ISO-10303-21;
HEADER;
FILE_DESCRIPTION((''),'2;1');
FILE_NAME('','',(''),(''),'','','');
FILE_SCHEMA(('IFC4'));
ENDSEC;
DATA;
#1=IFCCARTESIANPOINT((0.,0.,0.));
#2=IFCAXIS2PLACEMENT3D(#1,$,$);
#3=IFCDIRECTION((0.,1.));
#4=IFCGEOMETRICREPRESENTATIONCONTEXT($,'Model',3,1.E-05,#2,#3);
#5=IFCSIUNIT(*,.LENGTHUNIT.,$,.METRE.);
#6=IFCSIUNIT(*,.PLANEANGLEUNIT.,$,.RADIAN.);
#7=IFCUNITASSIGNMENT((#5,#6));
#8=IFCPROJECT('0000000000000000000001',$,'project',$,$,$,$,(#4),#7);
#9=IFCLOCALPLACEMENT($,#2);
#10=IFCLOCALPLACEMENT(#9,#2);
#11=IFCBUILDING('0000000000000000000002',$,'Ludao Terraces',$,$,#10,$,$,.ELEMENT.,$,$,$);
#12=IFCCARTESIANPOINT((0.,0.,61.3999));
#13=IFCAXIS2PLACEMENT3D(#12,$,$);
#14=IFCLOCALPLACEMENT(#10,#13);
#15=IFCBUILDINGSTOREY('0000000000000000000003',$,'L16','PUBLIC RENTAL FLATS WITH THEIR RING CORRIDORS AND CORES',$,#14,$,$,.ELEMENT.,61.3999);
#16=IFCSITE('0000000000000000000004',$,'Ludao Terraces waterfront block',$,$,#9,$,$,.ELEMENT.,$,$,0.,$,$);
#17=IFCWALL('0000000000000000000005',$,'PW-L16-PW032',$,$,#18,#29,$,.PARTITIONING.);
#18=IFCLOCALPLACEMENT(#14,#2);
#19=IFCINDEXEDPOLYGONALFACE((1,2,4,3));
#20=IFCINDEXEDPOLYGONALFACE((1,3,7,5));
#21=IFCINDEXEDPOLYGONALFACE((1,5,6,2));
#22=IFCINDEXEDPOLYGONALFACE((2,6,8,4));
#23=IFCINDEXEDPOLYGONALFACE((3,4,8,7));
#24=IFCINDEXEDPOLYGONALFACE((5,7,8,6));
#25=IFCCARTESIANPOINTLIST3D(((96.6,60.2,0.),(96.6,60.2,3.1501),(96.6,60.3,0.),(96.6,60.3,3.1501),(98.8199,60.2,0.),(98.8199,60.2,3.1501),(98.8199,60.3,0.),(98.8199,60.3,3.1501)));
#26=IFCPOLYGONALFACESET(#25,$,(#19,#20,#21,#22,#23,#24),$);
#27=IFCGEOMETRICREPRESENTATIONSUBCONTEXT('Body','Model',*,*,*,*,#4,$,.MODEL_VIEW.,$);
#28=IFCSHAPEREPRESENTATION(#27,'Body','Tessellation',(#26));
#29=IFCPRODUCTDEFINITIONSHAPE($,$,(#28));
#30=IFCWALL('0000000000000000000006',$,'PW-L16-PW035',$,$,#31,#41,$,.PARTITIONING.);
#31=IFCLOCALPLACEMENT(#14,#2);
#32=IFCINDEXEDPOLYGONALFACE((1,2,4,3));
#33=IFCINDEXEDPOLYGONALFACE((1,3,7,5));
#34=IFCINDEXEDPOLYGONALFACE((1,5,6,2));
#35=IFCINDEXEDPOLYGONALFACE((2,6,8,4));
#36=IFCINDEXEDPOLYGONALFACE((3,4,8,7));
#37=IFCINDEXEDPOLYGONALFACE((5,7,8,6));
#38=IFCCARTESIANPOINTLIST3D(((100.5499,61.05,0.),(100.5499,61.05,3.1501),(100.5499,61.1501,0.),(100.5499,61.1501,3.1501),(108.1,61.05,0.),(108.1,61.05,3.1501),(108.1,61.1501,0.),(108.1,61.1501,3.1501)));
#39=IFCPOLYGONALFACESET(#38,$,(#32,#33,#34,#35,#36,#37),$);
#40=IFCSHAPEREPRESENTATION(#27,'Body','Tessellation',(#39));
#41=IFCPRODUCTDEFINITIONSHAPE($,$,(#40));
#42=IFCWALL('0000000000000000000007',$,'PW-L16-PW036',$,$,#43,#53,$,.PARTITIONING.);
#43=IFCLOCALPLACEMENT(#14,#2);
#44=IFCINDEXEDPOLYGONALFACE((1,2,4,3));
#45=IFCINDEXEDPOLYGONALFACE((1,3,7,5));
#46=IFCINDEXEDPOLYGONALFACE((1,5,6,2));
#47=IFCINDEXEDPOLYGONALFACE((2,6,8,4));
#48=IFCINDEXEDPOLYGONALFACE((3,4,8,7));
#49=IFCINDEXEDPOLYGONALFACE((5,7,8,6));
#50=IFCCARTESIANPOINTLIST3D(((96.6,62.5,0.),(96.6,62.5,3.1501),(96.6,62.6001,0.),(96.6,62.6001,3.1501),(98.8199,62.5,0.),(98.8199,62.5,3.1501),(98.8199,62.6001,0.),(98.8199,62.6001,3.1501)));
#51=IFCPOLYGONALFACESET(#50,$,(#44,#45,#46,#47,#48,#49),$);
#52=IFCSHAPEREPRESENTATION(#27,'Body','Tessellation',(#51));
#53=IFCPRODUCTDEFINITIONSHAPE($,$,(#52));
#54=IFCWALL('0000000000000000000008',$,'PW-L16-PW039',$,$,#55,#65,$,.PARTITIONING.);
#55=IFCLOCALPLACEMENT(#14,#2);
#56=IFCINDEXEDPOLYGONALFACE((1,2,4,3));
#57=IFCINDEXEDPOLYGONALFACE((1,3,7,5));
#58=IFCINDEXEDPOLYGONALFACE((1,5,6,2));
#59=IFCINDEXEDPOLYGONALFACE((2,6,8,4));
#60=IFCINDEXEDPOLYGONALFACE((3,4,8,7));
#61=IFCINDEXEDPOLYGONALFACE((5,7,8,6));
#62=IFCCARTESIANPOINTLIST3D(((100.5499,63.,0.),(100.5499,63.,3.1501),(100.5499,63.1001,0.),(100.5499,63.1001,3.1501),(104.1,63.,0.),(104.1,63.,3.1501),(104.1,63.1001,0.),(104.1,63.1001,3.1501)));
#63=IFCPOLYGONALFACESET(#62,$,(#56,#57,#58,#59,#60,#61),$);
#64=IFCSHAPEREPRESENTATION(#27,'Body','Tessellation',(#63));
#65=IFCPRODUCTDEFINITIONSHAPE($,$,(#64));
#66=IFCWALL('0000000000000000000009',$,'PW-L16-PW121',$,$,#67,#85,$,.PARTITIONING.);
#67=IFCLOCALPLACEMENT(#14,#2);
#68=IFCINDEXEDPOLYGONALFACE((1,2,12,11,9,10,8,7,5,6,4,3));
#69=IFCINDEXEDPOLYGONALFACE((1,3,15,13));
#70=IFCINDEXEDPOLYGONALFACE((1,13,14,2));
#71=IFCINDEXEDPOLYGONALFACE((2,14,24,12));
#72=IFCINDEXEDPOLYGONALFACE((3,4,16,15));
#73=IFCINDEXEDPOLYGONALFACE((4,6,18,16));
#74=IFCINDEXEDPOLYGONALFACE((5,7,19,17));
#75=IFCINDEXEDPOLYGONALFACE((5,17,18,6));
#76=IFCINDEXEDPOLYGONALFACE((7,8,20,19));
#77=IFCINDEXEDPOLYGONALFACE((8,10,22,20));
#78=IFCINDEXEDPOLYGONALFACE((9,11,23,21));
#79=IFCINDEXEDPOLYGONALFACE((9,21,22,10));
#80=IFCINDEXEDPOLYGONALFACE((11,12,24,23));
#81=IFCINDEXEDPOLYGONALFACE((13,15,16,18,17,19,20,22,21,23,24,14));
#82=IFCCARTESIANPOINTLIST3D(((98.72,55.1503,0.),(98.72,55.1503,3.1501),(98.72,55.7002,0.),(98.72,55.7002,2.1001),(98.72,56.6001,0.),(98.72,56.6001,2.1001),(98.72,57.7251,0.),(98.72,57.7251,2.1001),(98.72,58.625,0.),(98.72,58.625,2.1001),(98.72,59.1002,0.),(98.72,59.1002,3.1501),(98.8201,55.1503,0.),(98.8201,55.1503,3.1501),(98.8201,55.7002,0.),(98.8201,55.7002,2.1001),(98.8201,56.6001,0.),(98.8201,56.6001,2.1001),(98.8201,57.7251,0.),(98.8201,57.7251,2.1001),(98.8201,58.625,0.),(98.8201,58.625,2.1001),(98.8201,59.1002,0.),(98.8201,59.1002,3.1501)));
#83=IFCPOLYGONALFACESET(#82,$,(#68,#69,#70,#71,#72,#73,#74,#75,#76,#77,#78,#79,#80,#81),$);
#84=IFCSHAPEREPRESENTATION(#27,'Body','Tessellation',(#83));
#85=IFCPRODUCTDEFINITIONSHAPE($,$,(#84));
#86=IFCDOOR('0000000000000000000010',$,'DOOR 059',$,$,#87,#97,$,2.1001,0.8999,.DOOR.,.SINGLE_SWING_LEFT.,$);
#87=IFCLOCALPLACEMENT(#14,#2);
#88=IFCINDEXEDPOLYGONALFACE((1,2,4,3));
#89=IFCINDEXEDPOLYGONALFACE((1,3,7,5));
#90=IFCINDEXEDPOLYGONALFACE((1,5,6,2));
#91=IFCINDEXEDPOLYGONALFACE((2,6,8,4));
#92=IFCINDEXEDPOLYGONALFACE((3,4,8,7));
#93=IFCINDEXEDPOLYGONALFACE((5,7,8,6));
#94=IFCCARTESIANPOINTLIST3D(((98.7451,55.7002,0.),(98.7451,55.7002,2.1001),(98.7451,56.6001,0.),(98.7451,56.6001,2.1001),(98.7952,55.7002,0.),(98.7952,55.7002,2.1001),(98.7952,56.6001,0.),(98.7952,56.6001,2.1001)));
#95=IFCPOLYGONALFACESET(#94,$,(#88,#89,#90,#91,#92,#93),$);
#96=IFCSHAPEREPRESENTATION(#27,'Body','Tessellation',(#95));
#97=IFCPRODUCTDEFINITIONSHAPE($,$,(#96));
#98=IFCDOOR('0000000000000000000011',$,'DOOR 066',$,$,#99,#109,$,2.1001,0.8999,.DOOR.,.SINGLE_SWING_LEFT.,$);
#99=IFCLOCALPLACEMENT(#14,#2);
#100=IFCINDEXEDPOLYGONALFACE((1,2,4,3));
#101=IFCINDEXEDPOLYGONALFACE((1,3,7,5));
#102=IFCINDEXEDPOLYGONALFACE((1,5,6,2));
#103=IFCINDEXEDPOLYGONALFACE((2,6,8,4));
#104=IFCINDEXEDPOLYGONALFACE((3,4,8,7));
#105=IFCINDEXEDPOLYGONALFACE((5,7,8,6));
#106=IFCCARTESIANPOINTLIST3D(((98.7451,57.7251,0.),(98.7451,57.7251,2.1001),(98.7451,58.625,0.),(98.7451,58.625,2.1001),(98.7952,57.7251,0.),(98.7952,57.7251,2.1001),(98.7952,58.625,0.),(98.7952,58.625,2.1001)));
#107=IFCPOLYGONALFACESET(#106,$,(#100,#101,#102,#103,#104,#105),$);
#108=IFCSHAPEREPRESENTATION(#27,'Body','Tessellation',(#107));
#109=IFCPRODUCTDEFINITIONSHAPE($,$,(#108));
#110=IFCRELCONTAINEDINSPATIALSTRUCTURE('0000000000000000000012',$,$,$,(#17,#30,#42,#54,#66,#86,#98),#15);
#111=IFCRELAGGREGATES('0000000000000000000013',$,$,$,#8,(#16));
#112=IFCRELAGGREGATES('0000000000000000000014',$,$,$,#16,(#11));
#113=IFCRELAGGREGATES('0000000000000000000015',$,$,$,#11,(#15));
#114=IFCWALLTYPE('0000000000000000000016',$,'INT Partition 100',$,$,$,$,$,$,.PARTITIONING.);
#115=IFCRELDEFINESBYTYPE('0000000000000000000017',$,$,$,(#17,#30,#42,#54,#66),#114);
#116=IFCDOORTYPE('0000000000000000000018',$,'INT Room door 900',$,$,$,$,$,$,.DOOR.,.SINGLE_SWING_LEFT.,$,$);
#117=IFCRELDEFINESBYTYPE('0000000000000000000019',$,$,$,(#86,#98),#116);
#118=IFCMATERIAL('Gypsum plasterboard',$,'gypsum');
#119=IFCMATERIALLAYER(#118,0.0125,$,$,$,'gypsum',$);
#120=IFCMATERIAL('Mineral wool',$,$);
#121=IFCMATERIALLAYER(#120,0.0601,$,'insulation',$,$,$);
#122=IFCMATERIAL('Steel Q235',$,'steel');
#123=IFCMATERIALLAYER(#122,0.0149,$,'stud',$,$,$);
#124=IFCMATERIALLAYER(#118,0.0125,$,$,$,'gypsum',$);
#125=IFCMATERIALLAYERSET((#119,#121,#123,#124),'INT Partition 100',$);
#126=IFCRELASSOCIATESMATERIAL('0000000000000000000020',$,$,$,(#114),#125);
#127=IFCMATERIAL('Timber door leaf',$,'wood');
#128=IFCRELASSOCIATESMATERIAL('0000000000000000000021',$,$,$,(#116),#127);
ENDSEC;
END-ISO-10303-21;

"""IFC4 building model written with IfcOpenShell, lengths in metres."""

from ifc_helpers import new_model, si_unit, direction, frame, frame_2d, origin, place, context, subcontext, project, spatial, rectangle, extrude, material, layer, layer_set, type_object, element, fill, save


model = new_model("IFC4")

# Units and contexts
model_context = context("Model", 3, precision=1e-05, world=origin(), true_north=direction((0.0, 1.0)))
body_context = subcontext(model_context, "Body", "Model", "MODEL_VIEW")
ifc_project = project(units=[si_unit("LENGTHUNIT", "METRE"), si_unit("PLANEANGLEUNIT", "RADIAN")], contexts=[model_context])

# Site, building, storey
site_placement = place(None, origin())
site = spatial("IfcSite", under=ifc_project, at=site_placement, Name="Ludao Terraces waterfront block", CompositionType="ELEMENT", RefElevation=0.0)
building_placement = place(site_placement, origin())
building = spatial("IfcBuilding", under=site, at=building_placement, Name="Ludao Terraces", CompositionType="ELEMENT")
storey_placement = place(building_placement, frame((0.0, 0.0, 61.3999)))
storey = spatial("IfcBuildingStorey", under=building, at=storey_placement, Name="L16", Description="PUBLIC RENTAL FLATS WITH THEIR RING CORRIDORS AND CORES", CompositionType="ELEMENT", Elevation=61.3999)

# Shared definitions
ifc_material_1 = material(Name="Steel Q235", Category="steel")

# Walls
ifc_material_2 = material(Name="Gypsum plasterboard", Category="gypsum")
ifc_layer_1 = layer(ifc_material_2, 0.0125, Category="gypsum")
ifc_material_3 = material(Name="Mineral wool")
ifc_layer_2 = layer(ifc_material_3, 0.0601, Name="insulation")
ifc_layer_3 = layer(ifc_material_1, 0.0149, Name="stud")
ifc_layer_4 = layer(ifc_material_2, 0.0125, Category="gypsum")
ifc_layer_set_1 = layer_set([ifc_layer_1, ifc_layer_2, ifc_layer_3, ifc_layer_4], Name="INT Partition 100")
wall_type_1 = type_object("IfcWallType", Name="INT Partition 100", PredefinedType="PARTITIONING", material=ifc_layer_set_1)
for number, where, z_axis, x_axis, name in (
    (1, (96.6001, 60.25, 0.0), (0.0, 0.0, 1.0), (1.0, 0.0, 0.0), "PW-L16-PW032"),
):
    element("IfcWall", number, at=place(storey_placement, frame(where, z_axis=z_axis, x_axis=x_axis)), inside=storey, type_object=wall_type_1, Name=name, PredefinedType="PARTITIONING", context=body_context, shape_type="SweptSolid", body=[
        extrude(rectangle(XDim=2.22, YDim=0.1001, at=frame_2d((1.1099, 0.0))), origin(), (0.0, 0.0, 1.0), 3.1501),
    ])
wall_1_placement = place(storey_placement, frame((100.55, 61.1001, 0.0), z_axis=(0.0, 0.0, 1.0), x_axis=(1.0, 0.0, 0.0)))
element("IfcWall", 2, at=wall_1_placement, inside=storey, type_object=wall_type_1, Name="PW-L16-PW035", PredefinedType="PARTITIONING", context=body_context, shape_type="SweptSolid", body=[
    extrude(rectangle(XDim=7.55, YDim=0.1001, at=frame_2d((3.7749, 0.0))), origin(), (0.0, 0.0, 1.0), 3.1501),
])
wall_2_placement = place(storey_placement, frame((96.6001, 62.55, 0.0), z_axis=(0.0, 0.0, 1.0), x_axis=(1.0, 0.0, 0.0)))
element("IfcWall", 3, at=wall_2_placement, inside=storey, type_object=wall_type_1, Name="PW-L16-PW036", PredefinedType="PARTITIONING", context=body_context, shape_type="SweptSolid", body=[
    extrude(rectangle(XDim=2.22, YDim=0.1001, at=frame_2d((1.1099, 0.0))), origin(), (0.0, 0.0, 1.0), 3.1501),
])
wall_3_placement = place(storey_placement, frame((100.55, 63.05, 0.0), z_axis=(0.0, 0.0, 1.0), x_axis=(1.0, 0.0, 0.0)))
element("IfcWall", 4, at=wall_3_placement, inside=storey, type_object=wall_type_1, Name="PW-L16-PW039", PredefinedType="PARTITIONING", context=body_context, shape_type="SweptSolid", body=[
    extrude(rectangle(XDim=3.55, YDim=0.1001, at=frame_2d((1.7749, 0.0))), origin(), (0.0, 0.0, 1.0), 3.1501),
])

# Wall, openings, doors
wall_4_placement = place(storey_placement, frame((98.77, 55.1501, 0.0), z_axis=(0.0, 0.0, 1.0), x_axis=(0.0, 1.0, 0.0)))
wall_4 = element("IfcWall", 5, at=wall_4_placement, inside=storey, type_object=wall_type_1, Name="PW-L16-PW121", PredefinedType="PARTITIONING", context=body_context, shape_type="SweptSolid", body=[
    extrude(rectangle(XDim=3.95, YDim=0.1001, at=frame_2d((1.9751, 0.0))), origin(), (0.0, 0.0, 1.0), 3.1501),
])
opening_1_placement = place(wall_4_placement, frame((0.55, 0.0, 0.0)))
opening_1 = element("IfcOpeningElement", 6, at=opening_1_placement, cuts=wall_4, PredefinedType="OPENING", context=body_context, shape_type="SweptSolid", body=[
    extrude(rectangle(XDim=0.8999, YDim=2.1001, at=frame_2d((0.45, 1.05))), frame((0.0, 0.0601, 0.0), z_axis=(0.0, -1.0, 0.0), x_axis=(1.0, 0.0, 0.0)), (0.0, 0.0, 1.0), 0.1201),
])
opening_2_placement = place(wall_4_placement, frame((2.575, 0.0, 0.0)))
opening_2 = element("IfcOpeningElement", 7, at=opening_2_placement, cuts=wall_4, PredefinedType="OPENING", context=body_context, shape_type="SweptSolid", body=[
    extrude(rectangle(XDim=0.8999, YDim=2.1001, at=frame_2d((0.45, 1.05))), frame((0.0, 0.0601, 0.0), z_axis=(0.0, -1.0, 0.0), x_axis=(1.0, 0.0, 0.0)), (0.0, 0.0, 1.0), 0.1201),
])
ifc_material_4 = material(Name="Timber door leaf", Category="wood")
door_type_1 = type_object("IfcDoorType", Name="INT Room door 900", OperationType="SINGLE_SWING_LEFT", PredefinedType="DOOR", material=ifc_material_4)
door_1_placement = place(opening_1_placement, origin())
door_1 = element("IfcDoor", 8, at=door_1_placement, inside=storey, type_object=door_type_1, Name="DOOR 059", OperationType="SINGLE_SWING_LEFT", OverallHeight=2.1001, OverallWidth=0.8999, PredefinedType="DOOR", context=body_context, shape_type="SweptSolid", body=[
    extrude(rectangle(XDim=0.8999, YDim=2.1001, at=frame_2d((0.45, 1.05))), frame((0.0, 0.0249, 0.0), z_axis=(0.0, -1.0, 0.0), x_axis=(1.0, 0.0, 0.0)), (0.0, 0.0, 1.0), 0.05),
])
fill(opening_1, door_1)
door_2_placement = place(opening_2_placement, origin())
door_2 = element("IfcDoor", 9, at=door_2_placement, inside=storey, type_object=door_type_1, Name="DOOR 066", OperationType="SINGLE_SWING_LEFT", OverallHeight=2.1001, OverallWidth=0.8999, PredefinedType="DOOR", context=body_context, shape_type="SweptSolid", body=[
    extrude(rectangle(XDim=0.8999, YDim=2.1001, at=frame_2d((0.45, 1.05))), frame((0.0, 0.0249, 0.0), z_axis=(0.0, -1.0, 0.0), x_axis=(1.0, 0.0, 0.0)), (0.0, 0.0, 1.0), 0.05),
])
fill(opening_2, door_2)

save(model, "model.ifc")
